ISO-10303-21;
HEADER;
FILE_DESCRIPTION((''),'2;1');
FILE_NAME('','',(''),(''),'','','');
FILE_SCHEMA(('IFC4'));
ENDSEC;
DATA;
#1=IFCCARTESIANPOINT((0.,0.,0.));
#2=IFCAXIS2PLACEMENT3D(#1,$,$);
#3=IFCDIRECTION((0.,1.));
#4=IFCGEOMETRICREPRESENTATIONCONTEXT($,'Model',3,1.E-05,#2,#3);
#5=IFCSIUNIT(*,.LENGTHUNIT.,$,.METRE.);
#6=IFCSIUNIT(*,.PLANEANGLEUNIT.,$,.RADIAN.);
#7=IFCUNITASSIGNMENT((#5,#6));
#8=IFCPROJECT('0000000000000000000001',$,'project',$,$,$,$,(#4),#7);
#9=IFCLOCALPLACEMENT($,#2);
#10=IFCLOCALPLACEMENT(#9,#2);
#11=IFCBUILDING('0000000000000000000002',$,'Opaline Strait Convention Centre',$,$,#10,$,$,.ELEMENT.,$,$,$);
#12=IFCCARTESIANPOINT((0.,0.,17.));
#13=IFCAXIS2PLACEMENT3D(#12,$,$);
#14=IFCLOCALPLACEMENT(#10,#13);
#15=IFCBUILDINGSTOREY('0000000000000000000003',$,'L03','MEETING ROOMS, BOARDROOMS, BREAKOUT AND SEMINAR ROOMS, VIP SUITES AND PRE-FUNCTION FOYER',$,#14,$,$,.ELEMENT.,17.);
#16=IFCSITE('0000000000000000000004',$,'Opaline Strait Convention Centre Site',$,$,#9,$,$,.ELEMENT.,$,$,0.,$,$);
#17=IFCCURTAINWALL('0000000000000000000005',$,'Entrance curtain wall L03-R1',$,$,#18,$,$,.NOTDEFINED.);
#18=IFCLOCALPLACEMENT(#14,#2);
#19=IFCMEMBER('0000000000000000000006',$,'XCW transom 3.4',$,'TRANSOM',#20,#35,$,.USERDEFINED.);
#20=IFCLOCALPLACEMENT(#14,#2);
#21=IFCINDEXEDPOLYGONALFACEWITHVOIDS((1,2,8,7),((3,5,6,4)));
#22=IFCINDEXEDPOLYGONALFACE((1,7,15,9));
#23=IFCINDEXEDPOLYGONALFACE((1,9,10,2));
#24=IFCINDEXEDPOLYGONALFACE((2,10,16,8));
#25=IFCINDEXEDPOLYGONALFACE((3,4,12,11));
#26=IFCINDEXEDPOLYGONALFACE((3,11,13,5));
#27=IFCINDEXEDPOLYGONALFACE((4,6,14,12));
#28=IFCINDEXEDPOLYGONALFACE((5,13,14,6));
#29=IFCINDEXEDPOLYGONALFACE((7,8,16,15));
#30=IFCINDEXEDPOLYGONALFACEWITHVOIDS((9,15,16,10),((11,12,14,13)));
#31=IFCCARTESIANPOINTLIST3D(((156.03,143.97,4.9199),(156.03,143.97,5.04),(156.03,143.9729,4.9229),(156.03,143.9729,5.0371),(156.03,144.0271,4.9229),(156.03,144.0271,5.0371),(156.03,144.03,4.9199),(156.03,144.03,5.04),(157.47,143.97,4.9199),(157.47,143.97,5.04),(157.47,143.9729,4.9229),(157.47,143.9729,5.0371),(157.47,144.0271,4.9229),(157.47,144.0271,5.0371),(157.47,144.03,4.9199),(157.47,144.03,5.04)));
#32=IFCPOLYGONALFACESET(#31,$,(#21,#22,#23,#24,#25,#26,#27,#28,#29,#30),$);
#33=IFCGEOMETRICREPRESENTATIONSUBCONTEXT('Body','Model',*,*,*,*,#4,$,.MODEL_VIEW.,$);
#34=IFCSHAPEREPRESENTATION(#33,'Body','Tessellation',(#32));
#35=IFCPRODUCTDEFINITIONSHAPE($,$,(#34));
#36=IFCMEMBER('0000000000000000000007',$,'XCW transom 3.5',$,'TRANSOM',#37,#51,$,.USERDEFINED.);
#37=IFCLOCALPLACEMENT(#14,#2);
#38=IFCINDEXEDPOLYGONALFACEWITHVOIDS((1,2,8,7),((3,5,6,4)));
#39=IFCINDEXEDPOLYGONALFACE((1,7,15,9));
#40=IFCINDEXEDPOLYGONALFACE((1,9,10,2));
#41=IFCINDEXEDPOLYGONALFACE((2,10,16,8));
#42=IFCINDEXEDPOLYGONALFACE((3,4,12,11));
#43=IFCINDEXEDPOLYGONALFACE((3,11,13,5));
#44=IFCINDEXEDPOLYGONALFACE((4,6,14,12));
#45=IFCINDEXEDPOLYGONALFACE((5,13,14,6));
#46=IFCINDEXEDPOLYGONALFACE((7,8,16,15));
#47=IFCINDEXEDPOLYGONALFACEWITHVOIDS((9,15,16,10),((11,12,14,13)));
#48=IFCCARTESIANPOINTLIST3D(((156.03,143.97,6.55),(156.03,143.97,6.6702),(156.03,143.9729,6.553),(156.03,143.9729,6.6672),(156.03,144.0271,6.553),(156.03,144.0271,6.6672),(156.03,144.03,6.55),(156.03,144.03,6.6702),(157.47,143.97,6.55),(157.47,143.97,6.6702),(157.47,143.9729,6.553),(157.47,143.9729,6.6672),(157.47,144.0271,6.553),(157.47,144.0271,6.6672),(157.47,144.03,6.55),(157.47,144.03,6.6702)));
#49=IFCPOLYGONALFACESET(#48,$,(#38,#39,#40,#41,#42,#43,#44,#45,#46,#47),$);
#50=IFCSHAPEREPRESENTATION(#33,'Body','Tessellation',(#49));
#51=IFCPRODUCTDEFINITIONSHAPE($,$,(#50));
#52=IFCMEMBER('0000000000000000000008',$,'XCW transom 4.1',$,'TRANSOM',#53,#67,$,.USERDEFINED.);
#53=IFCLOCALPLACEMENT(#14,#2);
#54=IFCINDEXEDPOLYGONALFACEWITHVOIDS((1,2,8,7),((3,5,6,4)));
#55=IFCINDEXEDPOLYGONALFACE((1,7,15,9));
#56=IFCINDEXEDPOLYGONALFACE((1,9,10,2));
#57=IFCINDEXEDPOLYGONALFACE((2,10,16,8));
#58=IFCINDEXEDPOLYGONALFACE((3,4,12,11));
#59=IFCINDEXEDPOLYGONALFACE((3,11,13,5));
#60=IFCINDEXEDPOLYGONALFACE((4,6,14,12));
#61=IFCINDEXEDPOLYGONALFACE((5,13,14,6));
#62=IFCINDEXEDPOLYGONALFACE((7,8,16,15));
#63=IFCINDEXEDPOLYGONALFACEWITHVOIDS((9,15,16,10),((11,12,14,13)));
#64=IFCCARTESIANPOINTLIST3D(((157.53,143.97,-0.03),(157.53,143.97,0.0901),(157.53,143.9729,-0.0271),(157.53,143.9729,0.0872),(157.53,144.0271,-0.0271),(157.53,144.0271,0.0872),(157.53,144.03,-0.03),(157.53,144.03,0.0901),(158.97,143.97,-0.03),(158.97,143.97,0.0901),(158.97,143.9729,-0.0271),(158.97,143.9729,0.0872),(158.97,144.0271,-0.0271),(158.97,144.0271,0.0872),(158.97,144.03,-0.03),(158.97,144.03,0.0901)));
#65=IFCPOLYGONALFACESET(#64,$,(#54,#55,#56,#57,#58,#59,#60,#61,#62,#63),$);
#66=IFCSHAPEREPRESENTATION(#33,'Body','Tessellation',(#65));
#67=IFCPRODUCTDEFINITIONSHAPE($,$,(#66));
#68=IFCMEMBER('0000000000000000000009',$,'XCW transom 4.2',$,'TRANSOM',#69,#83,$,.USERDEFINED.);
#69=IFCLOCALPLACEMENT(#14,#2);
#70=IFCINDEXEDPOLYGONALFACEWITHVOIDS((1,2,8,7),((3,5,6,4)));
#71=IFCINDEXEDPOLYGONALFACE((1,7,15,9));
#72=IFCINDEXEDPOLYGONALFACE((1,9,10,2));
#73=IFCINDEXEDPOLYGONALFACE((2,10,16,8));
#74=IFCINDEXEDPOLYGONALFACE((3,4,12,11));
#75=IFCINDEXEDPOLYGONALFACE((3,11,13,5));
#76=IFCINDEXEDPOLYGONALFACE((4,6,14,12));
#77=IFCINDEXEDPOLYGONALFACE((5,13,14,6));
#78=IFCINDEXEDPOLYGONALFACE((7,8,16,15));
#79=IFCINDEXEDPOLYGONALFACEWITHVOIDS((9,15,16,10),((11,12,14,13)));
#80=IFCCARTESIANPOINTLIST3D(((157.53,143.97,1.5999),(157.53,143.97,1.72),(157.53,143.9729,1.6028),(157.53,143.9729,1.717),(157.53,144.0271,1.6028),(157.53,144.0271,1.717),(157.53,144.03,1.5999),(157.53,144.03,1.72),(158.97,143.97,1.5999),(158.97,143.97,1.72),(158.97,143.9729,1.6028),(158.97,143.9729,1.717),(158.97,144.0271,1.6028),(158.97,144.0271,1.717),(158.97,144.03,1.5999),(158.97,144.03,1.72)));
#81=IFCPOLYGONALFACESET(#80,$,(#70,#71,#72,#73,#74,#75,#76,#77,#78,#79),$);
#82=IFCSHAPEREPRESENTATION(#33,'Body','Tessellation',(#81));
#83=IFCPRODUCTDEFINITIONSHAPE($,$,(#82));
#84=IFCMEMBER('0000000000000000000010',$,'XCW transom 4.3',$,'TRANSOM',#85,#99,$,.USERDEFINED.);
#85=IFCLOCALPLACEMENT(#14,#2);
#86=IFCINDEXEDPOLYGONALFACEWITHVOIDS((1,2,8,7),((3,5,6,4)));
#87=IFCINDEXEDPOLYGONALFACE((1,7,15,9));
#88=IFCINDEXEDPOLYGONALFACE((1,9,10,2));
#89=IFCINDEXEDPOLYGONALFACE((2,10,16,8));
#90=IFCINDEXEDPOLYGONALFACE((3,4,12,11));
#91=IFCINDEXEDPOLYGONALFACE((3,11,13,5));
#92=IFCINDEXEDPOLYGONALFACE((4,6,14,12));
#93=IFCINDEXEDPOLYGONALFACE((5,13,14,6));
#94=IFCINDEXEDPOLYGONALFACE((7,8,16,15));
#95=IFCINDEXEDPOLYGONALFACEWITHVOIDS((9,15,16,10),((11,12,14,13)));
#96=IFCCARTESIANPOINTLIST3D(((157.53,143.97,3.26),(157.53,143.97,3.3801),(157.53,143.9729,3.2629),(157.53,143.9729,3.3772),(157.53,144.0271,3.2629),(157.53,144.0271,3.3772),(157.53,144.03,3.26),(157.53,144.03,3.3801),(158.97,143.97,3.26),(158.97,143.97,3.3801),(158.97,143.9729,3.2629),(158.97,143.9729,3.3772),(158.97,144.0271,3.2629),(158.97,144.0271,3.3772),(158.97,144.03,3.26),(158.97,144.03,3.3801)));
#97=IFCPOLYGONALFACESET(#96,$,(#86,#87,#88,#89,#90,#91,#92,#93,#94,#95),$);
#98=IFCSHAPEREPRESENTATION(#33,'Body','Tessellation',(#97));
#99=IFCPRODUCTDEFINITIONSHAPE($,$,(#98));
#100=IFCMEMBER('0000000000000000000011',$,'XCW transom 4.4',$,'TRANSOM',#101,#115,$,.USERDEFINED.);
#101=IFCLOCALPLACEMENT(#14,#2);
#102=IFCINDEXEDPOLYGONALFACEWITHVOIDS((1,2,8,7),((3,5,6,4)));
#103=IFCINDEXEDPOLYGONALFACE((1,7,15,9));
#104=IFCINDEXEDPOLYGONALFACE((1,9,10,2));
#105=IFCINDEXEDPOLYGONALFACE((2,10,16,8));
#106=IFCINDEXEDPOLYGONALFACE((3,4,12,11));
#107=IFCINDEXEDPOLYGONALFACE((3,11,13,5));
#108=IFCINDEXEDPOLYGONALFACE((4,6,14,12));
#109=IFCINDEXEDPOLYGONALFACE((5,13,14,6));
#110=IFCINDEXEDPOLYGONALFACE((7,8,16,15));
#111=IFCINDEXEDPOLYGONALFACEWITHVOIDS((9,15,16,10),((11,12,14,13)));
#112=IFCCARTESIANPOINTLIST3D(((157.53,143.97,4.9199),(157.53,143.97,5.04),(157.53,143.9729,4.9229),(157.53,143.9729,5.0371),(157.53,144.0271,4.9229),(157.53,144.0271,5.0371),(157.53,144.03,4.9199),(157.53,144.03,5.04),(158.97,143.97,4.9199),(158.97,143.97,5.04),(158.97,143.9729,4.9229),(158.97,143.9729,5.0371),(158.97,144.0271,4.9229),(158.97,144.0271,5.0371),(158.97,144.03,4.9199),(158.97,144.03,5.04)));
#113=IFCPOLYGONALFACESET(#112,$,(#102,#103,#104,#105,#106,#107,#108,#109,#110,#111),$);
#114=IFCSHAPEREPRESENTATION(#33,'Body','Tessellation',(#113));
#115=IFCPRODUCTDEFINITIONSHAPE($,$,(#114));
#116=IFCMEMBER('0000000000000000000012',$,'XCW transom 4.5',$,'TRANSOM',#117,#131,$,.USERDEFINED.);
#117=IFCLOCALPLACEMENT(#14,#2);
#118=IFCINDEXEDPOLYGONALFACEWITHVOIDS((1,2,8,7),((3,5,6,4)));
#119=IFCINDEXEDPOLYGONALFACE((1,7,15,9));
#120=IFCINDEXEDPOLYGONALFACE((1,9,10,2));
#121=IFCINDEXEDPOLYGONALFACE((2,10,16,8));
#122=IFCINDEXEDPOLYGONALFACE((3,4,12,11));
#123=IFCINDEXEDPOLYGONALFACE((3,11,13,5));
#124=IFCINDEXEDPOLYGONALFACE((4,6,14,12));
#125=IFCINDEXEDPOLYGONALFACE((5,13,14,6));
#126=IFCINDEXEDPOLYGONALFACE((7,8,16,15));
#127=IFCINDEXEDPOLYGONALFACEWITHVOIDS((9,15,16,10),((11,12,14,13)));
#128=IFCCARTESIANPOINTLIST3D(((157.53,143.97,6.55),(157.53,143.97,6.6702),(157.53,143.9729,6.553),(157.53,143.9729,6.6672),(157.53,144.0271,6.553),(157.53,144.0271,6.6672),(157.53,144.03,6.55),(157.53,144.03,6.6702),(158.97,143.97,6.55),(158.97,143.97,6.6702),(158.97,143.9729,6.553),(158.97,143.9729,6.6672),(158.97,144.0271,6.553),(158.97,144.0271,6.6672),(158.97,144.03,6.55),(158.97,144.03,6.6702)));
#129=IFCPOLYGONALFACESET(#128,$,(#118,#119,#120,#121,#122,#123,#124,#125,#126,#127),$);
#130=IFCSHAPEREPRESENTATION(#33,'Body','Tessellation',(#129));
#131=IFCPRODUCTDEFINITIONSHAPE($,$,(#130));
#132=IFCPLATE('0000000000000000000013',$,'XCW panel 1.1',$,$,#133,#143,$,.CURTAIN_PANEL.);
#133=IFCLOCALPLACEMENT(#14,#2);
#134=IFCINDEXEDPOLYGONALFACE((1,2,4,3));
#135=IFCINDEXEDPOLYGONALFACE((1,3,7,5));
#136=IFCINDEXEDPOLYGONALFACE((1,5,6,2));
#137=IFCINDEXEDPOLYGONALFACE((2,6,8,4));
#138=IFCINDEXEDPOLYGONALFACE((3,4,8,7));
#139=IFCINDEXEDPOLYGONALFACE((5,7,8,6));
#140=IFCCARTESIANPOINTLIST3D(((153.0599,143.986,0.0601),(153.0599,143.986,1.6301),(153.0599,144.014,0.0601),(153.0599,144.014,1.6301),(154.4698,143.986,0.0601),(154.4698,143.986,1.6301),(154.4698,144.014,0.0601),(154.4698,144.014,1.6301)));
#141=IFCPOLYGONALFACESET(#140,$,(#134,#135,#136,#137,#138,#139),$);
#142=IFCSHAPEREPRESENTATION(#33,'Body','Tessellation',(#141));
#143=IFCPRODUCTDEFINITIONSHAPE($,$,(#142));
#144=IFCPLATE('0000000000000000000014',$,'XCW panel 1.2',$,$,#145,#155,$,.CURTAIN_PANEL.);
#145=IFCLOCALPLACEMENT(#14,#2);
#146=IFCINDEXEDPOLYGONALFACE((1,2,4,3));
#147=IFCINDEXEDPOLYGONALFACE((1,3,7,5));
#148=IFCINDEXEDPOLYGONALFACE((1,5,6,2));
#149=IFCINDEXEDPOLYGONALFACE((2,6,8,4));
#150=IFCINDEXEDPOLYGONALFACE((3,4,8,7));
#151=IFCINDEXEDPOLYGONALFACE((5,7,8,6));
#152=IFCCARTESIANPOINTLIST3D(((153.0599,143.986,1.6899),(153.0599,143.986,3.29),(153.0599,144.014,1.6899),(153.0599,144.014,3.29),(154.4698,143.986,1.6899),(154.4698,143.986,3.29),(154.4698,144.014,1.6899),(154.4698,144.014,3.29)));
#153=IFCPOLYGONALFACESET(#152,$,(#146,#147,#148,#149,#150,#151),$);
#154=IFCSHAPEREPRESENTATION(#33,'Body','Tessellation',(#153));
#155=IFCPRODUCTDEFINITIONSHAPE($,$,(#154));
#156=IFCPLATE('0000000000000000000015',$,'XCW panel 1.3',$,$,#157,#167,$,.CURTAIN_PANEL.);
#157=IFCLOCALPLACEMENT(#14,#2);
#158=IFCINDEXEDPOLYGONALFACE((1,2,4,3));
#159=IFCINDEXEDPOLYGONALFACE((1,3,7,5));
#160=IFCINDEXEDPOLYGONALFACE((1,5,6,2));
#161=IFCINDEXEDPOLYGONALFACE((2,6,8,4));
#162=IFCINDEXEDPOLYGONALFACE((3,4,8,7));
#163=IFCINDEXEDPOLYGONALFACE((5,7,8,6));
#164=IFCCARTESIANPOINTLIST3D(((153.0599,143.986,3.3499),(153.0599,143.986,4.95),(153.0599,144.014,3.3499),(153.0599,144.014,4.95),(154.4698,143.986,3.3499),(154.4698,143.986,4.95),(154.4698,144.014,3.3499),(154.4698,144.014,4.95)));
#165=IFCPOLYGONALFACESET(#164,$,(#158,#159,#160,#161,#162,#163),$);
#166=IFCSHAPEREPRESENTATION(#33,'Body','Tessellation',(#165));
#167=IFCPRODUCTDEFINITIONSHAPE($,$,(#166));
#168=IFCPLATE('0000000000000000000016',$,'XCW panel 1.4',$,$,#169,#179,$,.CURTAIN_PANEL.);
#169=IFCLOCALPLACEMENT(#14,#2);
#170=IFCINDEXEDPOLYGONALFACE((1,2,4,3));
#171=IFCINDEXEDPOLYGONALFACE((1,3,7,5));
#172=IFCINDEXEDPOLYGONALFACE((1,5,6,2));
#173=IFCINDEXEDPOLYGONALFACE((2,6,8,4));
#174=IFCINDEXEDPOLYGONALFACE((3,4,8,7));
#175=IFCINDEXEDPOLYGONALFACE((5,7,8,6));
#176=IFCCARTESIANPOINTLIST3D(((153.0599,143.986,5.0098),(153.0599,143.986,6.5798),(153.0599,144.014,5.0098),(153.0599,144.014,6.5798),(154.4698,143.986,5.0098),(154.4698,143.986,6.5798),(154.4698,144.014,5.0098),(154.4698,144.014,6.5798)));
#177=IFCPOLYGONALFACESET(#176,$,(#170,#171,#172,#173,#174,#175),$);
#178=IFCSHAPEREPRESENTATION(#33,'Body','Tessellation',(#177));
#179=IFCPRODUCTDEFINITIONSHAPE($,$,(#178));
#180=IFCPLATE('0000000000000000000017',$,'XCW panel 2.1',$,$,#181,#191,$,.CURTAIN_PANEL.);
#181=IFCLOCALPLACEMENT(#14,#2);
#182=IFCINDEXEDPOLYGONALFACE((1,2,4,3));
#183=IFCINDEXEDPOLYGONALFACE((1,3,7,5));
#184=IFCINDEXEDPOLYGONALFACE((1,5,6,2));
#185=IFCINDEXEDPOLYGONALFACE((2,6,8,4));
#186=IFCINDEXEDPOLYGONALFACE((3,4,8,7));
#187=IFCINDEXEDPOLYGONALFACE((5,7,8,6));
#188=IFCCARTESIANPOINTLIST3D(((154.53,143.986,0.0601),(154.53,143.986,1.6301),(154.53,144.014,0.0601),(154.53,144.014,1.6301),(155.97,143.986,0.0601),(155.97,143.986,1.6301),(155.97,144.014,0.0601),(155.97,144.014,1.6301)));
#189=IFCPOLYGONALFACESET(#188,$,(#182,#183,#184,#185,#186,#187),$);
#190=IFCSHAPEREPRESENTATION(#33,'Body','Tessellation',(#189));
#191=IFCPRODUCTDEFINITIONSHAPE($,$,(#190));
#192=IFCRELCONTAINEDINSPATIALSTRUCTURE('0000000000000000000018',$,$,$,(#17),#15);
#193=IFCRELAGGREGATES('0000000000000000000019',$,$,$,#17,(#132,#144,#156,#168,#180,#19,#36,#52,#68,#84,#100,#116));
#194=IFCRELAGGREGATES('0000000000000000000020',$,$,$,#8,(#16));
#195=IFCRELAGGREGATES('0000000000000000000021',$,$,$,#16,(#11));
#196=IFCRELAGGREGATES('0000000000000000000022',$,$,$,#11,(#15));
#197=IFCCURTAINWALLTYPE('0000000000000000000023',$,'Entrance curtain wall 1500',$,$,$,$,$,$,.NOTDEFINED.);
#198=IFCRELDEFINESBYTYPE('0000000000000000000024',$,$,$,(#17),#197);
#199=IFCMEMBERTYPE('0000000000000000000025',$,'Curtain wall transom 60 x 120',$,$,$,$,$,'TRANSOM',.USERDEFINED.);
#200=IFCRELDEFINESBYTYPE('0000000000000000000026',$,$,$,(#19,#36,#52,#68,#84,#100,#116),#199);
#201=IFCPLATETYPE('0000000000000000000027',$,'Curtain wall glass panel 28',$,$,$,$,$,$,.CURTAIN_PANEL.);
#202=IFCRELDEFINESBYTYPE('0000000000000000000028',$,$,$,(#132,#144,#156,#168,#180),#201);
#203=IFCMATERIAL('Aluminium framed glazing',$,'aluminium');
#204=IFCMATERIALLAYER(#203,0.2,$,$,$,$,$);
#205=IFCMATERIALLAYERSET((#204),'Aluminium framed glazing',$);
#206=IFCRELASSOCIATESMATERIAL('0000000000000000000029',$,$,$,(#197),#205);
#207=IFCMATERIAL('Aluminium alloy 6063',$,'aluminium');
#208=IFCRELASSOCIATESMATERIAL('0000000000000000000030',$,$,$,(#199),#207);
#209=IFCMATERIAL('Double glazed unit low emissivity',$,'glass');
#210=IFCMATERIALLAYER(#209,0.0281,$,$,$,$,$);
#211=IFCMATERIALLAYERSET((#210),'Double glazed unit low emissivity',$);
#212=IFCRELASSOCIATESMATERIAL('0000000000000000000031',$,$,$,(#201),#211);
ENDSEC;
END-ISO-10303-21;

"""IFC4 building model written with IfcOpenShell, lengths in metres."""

from ifc_helpers import new_model, si_unit, direction, frame, origin, origin_2d, place, context, subcontext, project, spatial, rectangle, hollow_rectangle, extrude, material, layer, layer_set, material_profile, profile_set, type_object, element, aggregate, save


model = new_model("IFC4")

# Units and contexts
model_context = context("Model", 3, precision=1e-05, world=origin(), true_north=direction((0.0, 1.0)))
body_context = subcontext(model_context, "Body", "Model", "MODEL_VIEW")
ifc_project = project(units=[si_unit("LENGTHUNIT", "METRE"), si_unit("PLANEANGLEUNIT", "RADIAN")], contexts=[model_context])

# Site, building, storey
site_placement = place(None, origin())
site = spatial("IfcSite", under=ifc_project, at=site_placement, Name="Opaline Strait Convention Centre Site", CompositionType="ELEMENT", RefElevation=0.0)
building_placement = place(site_placement, origin())
building = spatial("IfcBuilding", under=site, at=building_placement, Name="Opaline Strait Convention Centre", CompositionType="ELEMENT")
storey_placement = place(building_placement, frame((0.0, 0.0, 17.0)))
storey = spatial("IfcBuildingStorey", under=building, at=storey_placement, Name="L03", Description="MEETING ROOMS, BOARDROOMS, BREAKOUT AND SEMINAR ROOMS, VIP SUITES AND PRE-FUNCTION FOYER", CompositionType="ELEMENT", Elevation=17.0)

# Curtain wall, members, plates
ifc_material_1 = material(Name="Aluminium framed glazing", Category="aluminium")
ifc_layer_1 = layer(ifc_material_1, 0.2)
ifc_layer_set_1 = layer_set([ifc_layer_1], Name="Aluminium framed glazing")
curtain_wall_type = type_object("IfcCurtainWallType", Name="Entrance curtain wall 1500", PredefinedType="NOTDEFINED", material=ifc_layer_set_1)
curtain_wall_placement = place(storey_placement, origin())
curtain_wall = element("IfcCurtainWall", 1, at=curtain_wall_placement, inside=storey, type_object=curtain_wall_type, Name="Entrance curtain wall L03-R1", PredefinedType="NOTDEFINED")
ifc_material_2 = material(Name="Aluminium alloy 6063", Category="aluminium")
ifc_material_profile_1 = material_profile(ifc_material_2, hollow_rectangle(XDim=0.0601, YDim=0.1201, WallThickness=0.0029, at=origin_2d()), Name="TRANSOM 60x120x3")
ifc_profile_set_1 = profile_set([ifc_material_profile_1], Name="Aluminium alloy 6063")
member_type_1 = type_object("IfcMemberType", Name="Curtain wall transom 60 x 120", ElementType="TRANSOM", PredefinedType="USERDEFINED", material=ifc_profile_set_1)
member_1_placement = place(storey_placement, frame((156.03, 144.0, 4.98), z_axis=(1.0, 0.0, 0.0), x_axis=(0.0, 1.0, 0.0)))
member_1 = element("IfcMember", 2, at=member_1_placement, type_object=member_type_1, Name="XCW transom 3.4", ObjectType="TRANSOM", PredefinedType="USERDEFINED", context=body_context, shape_type="SweptSolid", body=[
    extrude(hollow_rectangle(XDim=0.0601, YDim=0.1201, WallThickness=0.0029, at=origin_2d()), origin(), (0.0, 0.0, 1.0), 1.4399),
])
member_2_placement = place(storey_placement, frame((156.03, 144.0, 6.6101), z_axis=(1.0, 0.0, 0.0), x_axis=(0.0, 1.0, 0.0)))
member_2 = element("IfcMember", 3, at=member_2_placement, type_object=member_type_1, Name="XCW transom 3.5", ObjectType="TRANSOM", PredefinedType="USERDEFINED", context=body_context, shape_type="SweptSolid", body=[
    extrude(hollow_rectangle(XDim=0.0601, YDim=0.1201, WallThickness=0.0029, at=origin_2d()), origin(), (0.0, 0.0, 1.0), 1.4399),
])
member_3_placement = place(storey_placement, frame((157.53, 144.0, 0.03), z_axis=(1.0, 0.0, 0.0), x_axis=(0.0, 1.0, 0.0)))
member_3 = element("IfcMember", 4, at=member_3_placement, type_object=member_type_1, Name="XCW transom 4.1", ObjectType="TRANSOM", PredefinedType="USERDEFINED", context=body_context, shape_type="SweptSolid", body=[
    extrude(hollow_rectangle(XDim=0.0601, YDim=0.1201, WallThickness=0.0029, at=origin_2d()), origin(), (0.0, 0.0, 1.0), 1.4399),
])
member_4_placement = place(storey_placement, frame((157.53, 144.0, 1.6599), z_axis=(1.0, 0.0, 0.0), x_axis=(0.0, 1.0, 0.0)))
member_4 = element("IfcMember", 5, at=member_4_placement, type_object=member_type_1, Name="XCW transom 4.2", ObjectType="TRANSOM", PredefinedType="USERDEFINED", context=body_context, shape_type="SweptSolid", body=[
    extrude(hollow_rectangle(XDim=0.0601, YDim=0.1201, WallThickness=0.0029, at=origin_2d()), origin(), (0.0, 0.0, 1.0), 1.4399),
])
member_5_placement = place(storey_placement, frame((157.53, 144.0, 3.3201), z_axis=(1.0, 0.0, 0.0), x_axis=(0.0, 1.0, 0.0)))
member_5 = element("IfcMember", 6, at=member_5_placement, type_object=member_type_1, Name="XCW transom 4.3", ObjectType="TRANSOM", PredefinedType="USERDEFINED", context=body_context, shape_type="SweptSolid", body=[
    extrude(hollow_rectangle(XDim=0.0601, YDim=0.1201, WallThickness=0.0029, at=origin_2d()), origin(), (0.0, 0.0, 1.0), 1.4399),
])
member_6_placement = place(storey_placement, frame((157.53, 144.0, 4.98), z_axis=(1.0, 0.0, 0.0), x_axis=(0.0, 1.0, 0.0)))
member_6 = element("IfcMember", 7, at=member_6_placement, type_object=member_type_1, Name="XCW transom 4.4", ObjectType="TRANSOM", PredefinedType="USERDEFINED", context=body_context, shape_type="SweptSolid", body=[
    extrude(hollow_rectangle(XDim=0.0601, YDim=0.1201, WallThickness=0.0029, at=origin_2d()), origin(), (0.0, 0.0, 1.0), 1.4399),
])
member_7_placement = place(storey_placement, frame((157.53, 144.0, 6.6101), z_axis=(1.0, 0.0, 0.0), x_axis=(0.0, 1.0, 0.0)))
member_7 = element("IfcMember", 8, at=member_7_placement, type_object=member_type_1, Name="XCW transom 4.5", ObjectType="TRANSOM", PredefinedType="USERDEFINED", context=body_context, shape_type="SweptSolid", body=[
    extrude(hollow_rectangle(XDim=0.0601, YDim=0.1201, WallThickness=0.0029, at=origin_2d()), origin(), (0.0, 0.0, 1.0), 1.4399),
])
ifc_material_3 = material(Name="Double glazed unit low emissivity", Category="glass")
ifc_layer_2 = layer(ifc_material_3, 0.0281)
ifc_layer_set_2 = layer_set([ifc_layer_2], Name="Double glazed unit low emissivity")
plate_type = type_object("IfcPlateType", Name="Curtain wall glass panel 28", PredefinedType="CURTAIN_PANEL", material=ifc_layer_set_2)
plate_1_placement = place(storey_placement, frame((153.7649, 144.0, 0.0601), z_axis=(0.0, 0.0, 1.0), x_axis=(1.0, 0.0, 0.0)))
plate_1 = element("IfcPlate", 9, at=plate_1_placement, type_object=plate_type, Name="XCW panel 1.1", PredefinedType="CURTAIN_PANEL", context=body_context, shape_type="SweptSolid", body=[
    extrude(rectangle(XDim=1.4099, YDim=0.0281, at=origin_2d()), origin(), (0.0, 0.0, 1.0), 1.5701),
])
plate_2_placement = place(storey_placement, frame((153.7649, 144.0, 1.6899), z_axis=(0.0, 0.0, 1.0), x_axis=(1.0, 0.0, 0.0)))
plate_2 = element("IfcPlate", 10, at=plate_2_placement, type_object=plate_type, Name="XCW panel 1.2", PredefinedType="CURTAIN_PANEL", context=body_context, shape_type="SweptSolid", body=[
    extrude(rectangle(XDim=1.4099, YDim=0.0281, at=origin_2d()), origin(), (0.0, 0.0, 1.0), 1.6001),
])
plate_3_placement = place(storey_placement, frame((153.7649, 144.0, 3.3499), z_axis=(0.0, 0.0, 1.0), x_axis=(1.0, 0.0, 0.0)))
plate_3 = element("IfcPlate", 11, at=plate_3_placement, type_object=plate_type, Name="XCW panel 1.3", PredefinedType="CURTAIN_PANEL", context=body_context, shape_type="SweptSolid", body=[
    extrude(rectangle(XDim=1.4099, YDim=0.0281, at=origin_2d()), origin(), (0.0, 0.0, 1.0), 1.6001),
])
plate_4_placement = place(storey_placement, frame((153.7649, 144.0, 5.0098), z_axis=(0.0, 0.0, 1.0), x_axis=(1.0, 0.0, 0.0)))
plate_4 = element("IfcPlate", 12, at=plate_4_placement, type_object=plate_type, Name="XCW panel 1.4", PredefinedType="CURTAIN_PANEL", context=body_context, shape_type="SweptSolid", body=[
    extrude(rectangle(XDim=1.4099, YDim=0.0281, at=origin_2d()), origin(), (0.0, 0.0, 1.0), 1.5701),
])
plate_5_placement = place(storey_placement, frame((155.25, 144.0, 0.0601), z_axis=(0.0, 0.0, 1.0), x_axis=(1.0, 0.0, 0.0)))
plate_5 = element("IfcPlate", 13, at=plate_5_placement, type_object=plate_type, Name="XCW panel 2.1", PredefinedType="CURTAIN_PANEL", context=body_context, shape_type="SweptSolid", body=[
    extrude(rectangle(XDim=1.4399, YDim=0.0281, at=origin_2d()), origin(), (0.0, 0.0, 1.0), 1.5701),
])
aggregate(curtain_wall, [plate_1, plate_2, plate_3, plate_4, plate_5, member_1, member_2, member_3, member_4, member_5, member_6, member_7])

save(model, "model.ifc")
